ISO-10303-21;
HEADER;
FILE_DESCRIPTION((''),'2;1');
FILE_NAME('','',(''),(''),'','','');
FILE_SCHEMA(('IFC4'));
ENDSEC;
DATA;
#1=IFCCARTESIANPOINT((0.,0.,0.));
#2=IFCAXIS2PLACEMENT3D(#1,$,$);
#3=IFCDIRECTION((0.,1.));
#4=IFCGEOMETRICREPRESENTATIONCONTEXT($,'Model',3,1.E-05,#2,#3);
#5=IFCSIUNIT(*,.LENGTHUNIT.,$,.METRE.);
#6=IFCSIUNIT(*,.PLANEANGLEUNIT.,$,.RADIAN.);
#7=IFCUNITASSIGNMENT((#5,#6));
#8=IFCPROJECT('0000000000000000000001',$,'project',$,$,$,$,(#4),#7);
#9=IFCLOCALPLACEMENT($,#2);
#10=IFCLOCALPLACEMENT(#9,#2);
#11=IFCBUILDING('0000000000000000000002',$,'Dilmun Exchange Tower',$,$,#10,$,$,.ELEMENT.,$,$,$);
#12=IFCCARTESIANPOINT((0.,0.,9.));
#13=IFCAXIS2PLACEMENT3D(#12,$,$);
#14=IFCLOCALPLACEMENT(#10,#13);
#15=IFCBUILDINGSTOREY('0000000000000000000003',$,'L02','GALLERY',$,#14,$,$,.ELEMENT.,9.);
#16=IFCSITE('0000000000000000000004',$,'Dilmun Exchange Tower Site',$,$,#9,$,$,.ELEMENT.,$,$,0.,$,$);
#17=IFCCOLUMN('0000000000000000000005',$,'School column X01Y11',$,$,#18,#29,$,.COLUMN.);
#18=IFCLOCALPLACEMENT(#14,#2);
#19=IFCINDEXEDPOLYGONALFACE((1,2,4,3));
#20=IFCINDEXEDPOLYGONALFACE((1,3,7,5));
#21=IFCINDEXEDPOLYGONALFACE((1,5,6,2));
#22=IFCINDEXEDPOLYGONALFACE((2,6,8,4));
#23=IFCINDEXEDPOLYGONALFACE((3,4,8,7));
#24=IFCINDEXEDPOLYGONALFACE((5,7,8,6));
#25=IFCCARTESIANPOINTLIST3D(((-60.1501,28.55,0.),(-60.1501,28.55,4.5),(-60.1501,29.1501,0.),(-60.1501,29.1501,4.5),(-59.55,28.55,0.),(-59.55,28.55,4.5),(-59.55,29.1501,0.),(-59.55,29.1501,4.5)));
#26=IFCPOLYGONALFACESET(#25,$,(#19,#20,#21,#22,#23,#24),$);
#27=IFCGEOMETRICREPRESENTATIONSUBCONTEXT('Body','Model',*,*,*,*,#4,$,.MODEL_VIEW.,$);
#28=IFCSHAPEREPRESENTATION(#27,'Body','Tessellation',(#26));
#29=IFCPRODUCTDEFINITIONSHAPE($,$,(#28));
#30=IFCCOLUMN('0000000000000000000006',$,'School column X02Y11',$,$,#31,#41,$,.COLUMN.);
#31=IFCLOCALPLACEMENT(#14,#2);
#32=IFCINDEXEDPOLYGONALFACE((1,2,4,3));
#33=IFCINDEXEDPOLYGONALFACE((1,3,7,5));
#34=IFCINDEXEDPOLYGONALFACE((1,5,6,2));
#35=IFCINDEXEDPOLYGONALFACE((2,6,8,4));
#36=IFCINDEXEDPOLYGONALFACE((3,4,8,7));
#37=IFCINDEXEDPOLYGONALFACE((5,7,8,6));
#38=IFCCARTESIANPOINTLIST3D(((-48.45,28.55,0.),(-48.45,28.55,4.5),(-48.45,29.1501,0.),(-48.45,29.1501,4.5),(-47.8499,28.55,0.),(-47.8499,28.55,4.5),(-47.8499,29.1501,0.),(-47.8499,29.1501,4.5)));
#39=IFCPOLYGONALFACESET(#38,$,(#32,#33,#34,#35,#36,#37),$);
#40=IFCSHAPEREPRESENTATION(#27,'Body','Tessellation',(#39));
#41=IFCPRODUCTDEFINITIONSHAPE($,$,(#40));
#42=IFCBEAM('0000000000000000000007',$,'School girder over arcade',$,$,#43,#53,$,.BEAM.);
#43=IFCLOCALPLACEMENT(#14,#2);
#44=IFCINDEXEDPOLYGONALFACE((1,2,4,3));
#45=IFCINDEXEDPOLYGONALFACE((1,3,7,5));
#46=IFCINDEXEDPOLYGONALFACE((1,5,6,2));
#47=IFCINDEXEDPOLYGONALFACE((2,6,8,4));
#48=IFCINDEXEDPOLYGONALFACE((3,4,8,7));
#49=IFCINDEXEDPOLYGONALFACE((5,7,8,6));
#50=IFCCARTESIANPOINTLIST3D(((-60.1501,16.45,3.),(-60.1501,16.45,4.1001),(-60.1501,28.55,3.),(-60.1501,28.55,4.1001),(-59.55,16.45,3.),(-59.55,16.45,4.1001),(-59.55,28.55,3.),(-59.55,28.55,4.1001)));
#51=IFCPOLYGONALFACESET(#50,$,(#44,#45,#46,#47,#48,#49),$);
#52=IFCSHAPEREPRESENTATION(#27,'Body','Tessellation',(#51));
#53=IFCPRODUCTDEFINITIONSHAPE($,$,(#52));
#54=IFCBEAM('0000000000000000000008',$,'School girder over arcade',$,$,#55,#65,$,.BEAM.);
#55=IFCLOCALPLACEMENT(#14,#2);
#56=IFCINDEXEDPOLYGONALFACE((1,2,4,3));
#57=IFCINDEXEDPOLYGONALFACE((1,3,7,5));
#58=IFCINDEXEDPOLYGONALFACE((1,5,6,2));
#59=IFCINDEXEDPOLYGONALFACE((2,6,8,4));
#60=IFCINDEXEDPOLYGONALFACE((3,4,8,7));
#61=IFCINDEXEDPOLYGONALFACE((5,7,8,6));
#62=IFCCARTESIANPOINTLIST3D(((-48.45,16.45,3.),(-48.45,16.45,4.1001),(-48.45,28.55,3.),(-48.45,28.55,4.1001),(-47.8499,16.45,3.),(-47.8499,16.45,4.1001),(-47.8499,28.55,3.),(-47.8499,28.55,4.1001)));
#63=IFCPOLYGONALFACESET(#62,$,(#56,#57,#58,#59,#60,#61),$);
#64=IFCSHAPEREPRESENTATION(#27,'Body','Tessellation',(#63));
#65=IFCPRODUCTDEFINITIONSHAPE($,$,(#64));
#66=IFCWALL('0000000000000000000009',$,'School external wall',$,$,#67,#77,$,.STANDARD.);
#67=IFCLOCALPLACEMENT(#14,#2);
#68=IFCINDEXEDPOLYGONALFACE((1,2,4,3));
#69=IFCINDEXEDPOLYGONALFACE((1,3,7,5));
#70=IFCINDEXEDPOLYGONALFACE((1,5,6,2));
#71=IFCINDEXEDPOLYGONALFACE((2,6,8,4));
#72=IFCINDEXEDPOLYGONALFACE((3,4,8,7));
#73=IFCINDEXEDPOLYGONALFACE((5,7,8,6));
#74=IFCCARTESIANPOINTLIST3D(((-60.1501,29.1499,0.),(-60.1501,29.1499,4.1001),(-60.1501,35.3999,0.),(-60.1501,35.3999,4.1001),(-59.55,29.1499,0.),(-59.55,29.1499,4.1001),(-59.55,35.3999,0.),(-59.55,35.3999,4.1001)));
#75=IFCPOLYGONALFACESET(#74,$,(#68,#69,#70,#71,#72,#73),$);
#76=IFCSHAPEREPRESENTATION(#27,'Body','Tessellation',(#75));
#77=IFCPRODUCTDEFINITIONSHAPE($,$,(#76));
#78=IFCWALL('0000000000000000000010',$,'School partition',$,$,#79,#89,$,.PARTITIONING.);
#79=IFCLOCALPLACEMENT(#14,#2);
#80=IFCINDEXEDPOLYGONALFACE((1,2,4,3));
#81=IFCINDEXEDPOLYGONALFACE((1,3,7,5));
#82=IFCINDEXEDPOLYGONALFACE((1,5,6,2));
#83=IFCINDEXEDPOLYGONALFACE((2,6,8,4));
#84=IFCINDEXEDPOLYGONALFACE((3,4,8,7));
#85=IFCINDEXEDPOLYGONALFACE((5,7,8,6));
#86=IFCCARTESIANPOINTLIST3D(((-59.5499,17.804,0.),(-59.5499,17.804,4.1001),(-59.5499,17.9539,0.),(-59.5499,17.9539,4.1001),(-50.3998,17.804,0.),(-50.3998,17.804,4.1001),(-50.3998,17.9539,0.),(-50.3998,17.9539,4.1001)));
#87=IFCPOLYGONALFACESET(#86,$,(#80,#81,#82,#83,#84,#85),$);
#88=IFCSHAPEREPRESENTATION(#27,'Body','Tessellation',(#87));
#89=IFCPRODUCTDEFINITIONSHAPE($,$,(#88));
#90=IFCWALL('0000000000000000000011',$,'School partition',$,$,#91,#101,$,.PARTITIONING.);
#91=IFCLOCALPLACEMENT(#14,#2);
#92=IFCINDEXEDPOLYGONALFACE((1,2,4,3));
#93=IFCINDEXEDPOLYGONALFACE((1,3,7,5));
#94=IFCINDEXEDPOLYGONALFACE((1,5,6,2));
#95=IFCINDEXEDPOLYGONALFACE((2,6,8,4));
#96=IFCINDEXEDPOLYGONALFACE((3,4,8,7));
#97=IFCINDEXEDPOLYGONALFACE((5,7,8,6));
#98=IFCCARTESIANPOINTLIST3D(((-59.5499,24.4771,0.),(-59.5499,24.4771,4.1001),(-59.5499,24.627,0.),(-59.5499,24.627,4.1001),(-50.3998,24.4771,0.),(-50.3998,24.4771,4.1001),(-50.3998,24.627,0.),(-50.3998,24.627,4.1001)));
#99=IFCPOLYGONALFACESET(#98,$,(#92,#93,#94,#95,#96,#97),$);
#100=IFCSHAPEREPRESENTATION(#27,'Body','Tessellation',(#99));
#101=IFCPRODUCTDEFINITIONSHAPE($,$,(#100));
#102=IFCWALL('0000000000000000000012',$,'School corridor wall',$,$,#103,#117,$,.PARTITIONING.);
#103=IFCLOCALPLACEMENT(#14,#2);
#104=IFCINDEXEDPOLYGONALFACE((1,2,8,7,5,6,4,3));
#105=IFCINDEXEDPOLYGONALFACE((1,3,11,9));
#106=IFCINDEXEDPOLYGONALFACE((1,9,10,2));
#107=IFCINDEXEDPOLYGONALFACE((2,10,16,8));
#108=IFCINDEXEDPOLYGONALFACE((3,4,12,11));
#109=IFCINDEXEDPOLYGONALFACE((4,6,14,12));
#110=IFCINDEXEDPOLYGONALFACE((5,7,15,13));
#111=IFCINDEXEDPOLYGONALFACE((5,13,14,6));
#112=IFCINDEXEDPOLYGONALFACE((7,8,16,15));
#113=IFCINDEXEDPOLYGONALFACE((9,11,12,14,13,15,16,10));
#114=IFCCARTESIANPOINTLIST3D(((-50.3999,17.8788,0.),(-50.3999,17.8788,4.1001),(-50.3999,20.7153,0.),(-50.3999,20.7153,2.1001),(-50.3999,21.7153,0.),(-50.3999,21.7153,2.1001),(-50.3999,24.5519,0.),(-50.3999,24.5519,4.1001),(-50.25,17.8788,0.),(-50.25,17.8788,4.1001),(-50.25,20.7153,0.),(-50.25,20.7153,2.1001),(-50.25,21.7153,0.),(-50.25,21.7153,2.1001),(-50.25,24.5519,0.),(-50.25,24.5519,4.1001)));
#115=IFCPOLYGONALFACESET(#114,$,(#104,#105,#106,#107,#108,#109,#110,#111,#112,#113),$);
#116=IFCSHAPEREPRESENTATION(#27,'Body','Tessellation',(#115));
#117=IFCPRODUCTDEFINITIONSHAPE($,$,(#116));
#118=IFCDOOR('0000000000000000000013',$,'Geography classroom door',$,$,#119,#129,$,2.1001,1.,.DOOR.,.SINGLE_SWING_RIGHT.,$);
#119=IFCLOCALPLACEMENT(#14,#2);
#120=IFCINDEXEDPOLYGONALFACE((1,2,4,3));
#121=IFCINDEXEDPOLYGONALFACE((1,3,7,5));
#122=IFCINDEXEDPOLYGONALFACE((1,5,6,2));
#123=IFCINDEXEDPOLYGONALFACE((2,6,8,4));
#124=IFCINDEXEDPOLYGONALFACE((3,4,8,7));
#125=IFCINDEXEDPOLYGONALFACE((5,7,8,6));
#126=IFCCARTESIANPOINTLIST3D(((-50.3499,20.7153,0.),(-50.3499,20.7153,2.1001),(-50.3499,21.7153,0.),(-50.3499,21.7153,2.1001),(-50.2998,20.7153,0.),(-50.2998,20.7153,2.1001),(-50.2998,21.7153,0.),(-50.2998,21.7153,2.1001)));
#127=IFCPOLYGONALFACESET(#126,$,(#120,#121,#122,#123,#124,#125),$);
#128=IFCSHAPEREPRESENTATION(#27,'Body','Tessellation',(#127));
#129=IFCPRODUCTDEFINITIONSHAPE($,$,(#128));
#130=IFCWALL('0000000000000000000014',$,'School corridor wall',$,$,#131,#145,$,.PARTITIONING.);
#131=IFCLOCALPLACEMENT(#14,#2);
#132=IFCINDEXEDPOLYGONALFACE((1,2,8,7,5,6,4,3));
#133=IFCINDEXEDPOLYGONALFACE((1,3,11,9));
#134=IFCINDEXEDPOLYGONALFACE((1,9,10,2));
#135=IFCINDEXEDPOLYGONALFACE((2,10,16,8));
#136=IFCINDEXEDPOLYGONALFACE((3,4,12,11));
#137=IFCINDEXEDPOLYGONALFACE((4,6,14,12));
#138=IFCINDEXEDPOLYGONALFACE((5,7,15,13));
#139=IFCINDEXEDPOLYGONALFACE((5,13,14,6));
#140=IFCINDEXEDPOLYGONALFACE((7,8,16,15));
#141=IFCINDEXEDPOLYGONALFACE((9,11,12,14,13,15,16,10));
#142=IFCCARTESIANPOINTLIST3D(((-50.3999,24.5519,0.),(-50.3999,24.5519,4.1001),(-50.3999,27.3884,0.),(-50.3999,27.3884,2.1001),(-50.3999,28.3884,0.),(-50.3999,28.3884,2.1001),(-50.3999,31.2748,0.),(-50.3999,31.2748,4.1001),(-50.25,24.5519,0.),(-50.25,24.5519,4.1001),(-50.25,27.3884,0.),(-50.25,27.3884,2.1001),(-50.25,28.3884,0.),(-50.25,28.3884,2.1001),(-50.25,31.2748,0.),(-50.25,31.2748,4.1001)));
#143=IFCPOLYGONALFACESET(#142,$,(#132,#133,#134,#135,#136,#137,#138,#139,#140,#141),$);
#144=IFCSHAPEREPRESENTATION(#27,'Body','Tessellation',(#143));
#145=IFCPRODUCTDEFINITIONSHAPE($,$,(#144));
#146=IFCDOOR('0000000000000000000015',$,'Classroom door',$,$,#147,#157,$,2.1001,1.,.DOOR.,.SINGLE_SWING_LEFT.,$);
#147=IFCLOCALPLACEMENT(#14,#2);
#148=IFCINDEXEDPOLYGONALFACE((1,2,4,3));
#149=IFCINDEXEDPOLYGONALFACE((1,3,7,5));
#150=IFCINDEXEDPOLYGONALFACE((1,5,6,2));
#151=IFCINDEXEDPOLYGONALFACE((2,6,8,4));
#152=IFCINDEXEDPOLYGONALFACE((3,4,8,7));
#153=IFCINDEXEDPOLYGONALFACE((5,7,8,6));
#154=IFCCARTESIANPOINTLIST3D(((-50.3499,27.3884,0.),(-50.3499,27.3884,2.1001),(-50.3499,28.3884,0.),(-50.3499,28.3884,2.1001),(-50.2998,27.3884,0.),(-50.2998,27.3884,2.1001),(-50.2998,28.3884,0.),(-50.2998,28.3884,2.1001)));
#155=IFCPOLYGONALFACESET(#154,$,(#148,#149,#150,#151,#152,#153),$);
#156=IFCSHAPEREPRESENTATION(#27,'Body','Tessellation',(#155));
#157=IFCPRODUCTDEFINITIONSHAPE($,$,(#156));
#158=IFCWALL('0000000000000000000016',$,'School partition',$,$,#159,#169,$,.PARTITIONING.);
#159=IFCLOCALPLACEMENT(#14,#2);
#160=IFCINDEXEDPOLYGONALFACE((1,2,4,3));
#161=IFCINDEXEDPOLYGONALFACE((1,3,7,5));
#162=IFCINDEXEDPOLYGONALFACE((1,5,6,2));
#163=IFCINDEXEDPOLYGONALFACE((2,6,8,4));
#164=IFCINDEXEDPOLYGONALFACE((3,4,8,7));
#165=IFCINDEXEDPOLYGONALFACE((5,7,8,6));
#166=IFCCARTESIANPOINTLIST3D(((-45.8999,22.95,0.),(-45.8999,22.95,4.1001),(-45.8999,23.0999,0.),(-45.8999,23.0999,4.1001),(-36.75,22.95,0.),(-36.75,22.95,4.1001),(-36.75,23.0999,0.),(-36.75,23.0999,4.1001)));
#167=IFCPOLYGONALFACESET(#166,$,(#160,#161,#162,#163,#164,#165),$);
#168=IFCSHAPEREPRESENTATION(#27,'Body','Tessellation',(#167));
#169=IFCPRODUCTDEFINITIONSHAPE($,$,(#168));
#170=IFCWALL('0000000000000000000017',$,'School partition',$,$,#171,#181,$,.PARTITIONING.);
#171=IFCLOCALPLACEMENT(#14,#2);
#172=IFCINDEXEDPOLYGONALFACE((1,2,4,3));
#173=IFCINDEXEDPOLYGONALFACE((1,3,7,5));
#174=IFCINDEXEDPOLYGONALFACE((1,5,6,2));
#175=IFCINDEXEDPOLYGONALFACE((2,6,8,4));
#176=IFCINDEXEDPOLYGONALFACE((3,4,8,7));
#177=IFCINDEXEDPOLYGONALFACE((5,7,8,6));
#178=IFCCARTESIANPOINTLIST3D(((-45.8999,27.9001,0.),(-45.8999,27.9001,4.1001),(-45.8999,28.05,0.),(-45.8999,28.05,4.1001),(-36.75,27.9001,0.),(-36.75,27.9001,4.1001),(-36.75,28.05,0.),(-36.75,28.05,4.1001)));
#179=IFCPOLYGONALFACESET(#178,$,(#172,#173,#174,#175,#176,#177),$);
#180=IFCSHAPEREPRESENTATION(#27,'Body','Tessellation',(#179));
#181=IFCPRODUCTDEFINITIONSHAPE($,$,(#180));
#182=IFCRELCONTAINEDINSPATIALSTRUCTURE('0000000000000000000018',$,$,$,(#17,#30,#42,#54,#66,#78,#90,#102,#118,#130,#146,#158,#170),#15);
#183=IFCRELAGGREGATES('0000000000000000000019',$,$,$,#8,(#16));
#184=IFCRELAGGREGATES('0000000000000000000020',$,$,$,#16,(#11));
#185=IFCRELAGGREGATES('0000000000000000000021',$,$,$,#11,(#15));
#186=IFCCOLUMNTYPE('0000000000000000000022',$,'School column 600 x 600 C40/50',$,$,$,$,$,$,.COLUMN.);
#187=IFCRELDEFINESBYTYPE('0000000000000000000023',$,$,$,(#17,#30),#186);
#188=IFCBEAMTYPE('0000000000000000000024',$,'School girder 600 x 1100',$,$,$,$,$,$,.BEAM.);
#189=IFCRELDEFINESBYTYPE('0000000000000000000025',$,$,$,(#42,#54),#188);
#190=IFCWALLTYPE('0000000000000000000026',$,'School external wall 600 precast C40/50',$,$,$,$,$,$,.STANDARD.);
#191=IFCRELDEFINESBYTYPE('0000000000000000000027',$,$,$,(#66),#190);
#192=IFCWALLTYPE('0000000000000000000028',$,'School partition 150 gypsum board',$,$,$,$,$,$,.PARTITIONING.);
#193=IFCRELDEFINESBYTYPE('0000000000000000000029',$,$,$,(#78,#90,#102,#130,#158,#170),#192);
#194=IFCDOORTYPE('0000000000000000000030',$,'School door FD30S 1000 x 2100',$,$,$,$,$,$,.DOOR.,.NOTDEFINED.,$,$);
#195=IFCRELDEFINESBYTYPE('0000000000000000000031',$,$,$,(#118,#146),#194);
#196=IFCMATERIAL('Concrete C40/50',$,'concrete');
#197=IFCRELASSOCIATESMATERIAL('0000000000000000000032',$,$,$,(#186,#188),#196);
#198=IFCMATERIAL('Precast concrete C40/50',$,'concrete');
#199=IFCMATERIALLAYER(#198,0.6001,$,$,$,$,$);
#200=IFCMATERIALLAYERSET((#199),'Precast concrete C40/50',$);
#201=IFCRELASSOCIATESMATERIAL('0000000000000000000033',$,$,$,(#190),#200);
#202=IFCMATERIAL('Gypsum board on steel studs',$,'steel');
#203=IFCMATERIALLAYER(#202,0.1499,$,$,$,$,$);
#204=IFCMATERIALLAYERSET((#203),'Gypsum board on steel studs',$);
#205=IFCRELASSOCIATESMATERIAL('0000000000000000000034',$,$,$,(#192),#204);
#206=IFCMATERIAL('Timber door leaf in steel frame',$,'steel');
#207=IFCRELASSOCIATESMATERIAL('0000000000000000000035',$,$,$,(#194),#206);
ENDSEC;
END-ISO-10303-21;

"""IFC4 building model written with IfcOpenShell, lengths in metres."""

from ifc_helpers import new_model, si_unit, direction, frame, frame_2d, origin, origin_2d, place, context, subcontext, project, spatial, rectangle, extrude, material, layer, layer_set, material_profile, profile_set, type_object, element, fill, save


model = new_model("IFC4")

# Units and contexts
model_context = context("Model", 3, precision=1e-05, world=origin(), true_north=direction((0.0, 1.0)))
body_context = subcontext(model_context, "Body", "Model", "MODEL_VIEW")
ifc_project = project(units=[si_unit("LENGTHUNIT", "METRE"), si_unit("PLANEANGLEUNIT", "RADIAN")], contexts=[model_context])

# Site, building, storey
site_placement = place(None, origin())
site = spatial("IfcSite", under=ifc_project, at=site_placement, Name="Dilmun Exchange Tower Site", CompositionType="ELEMENT", RefElevation=0.0)
building_placement = place(site_placement, origin())
building = spatial("IfcBuilding", under=site, at=building_placement, Name="Dilmun Exchange Tower", CompositionType="ELEMENT")
storey_placement = place(building_placement, frame((0.0, 0.0, 9.0)))
storey = spatial("IfcBuildingStorey", under=building, at=storey_placement, Name="L02", Description="GALLERY", CompositionType="ELEMENT", Elevation=9.0)

# Columns
ifc_material_1 = material(Name="Concrete C40/50", Category="concrete")
ifc_material_profile_1 = material_profile(ifc_material_1, rectangle(XDim=0.6001, YDim=0.6001, at=origin_2d()), Name="600 x 600")
ifc_profile_set_1 = profile_set([ifc_material_profile_1], Name="Concrete C40/50")
column_type = type_object("IfcColumnType", Name="School column 600 x 600 C40/50", PredefinedType="COLUMN", material=ifc_profile_set_1)
for number, where, z_axis, x_axis, name in (
    (1, (-59.8501, 28.8501, 0.0), (0.0, 0.0, 1.0), (1.0, 0.0, 0.0), "School column X01Y11"),
    (2, (-48.1499, 28.8501, 0.0), (0.0, 0.0, 1.0), (1.0, 0.0, 0.0), "School column X02Y11"),
):
    element("IfcColumn", number, at=place(storey_placement, frame(where, z_axis=z_axis, x_axis=x_axis)), inside=storey, type_object=column_type, Name=name, PredefinedType="COLUMN", context=body_context, shape_type="SweptSolid", body=[
        extrude(rectangle(XDim=0.6001, YDim=0.6001, at=origin_2d()), origin(), (0.0, 0.0, 1.0), 4.5),
    ])

# Beams
ifc_material_profile_2 = material_profile(ifc_material_1, rectangle(XDim=0.6001, YDim=1.1001, at=origin_2d()), Name="600 x 1100")
ifc_profile_set_2 = profile_set([ifc_material_profile_2], Name="Concrete C40/50")
beam_type = type_object("IfcBeamType", Name="School girder 600 x 1100", PredefinedType="BEAM", material=ifc_profile_set_2)
for number, where, z_axis, x_axis, name in (
    (3, (-59.8501, 16.45, 3.55), (0.0, 1.0, 0.0), (-1.0, 0.0, 0.0), "School girder over arcade"),
    (4, (-48.1499, 16.45, 3.55), (0.0, 1.0, 0.0), (-1.0, 0.0, 0.0), "School girder over arcade"),
):
    element("IfcBeam", number, at=place(storey_placement, frame(where, z_axis=z_axis, x_axis=x_axis)), inside=storey, type_object=beam_type, Name=name, PredefinedType="BEAM", context=body_context, shape_type="SweptSolid", body=[
        extrude(rectangle(XDim=0.6001, YDim=1.1001, at=origin_2d()), origin(), (0.0, 0.0, 1.0), 12.1001),
    ])

# Shared definitions
ifc_material_2 = material(Name="Precast concrete C40/50", Category="concrete")
ifc_layer_1 = layer(ifc_material_2, 0.6001)
ifc_layer_set_1 = layer_set([ifc_layer_1], Name="Precast concrete C40/50")
wall_type_1 = type_object("IfcWallType", Name="School external wall 600 precast C40/50", PredefinedType="STANDARD", material=ifc_layer_set_1)

# Walls
wall_1_placement = place(storey_placement, frame((-59.8501, 29.1499, 0.0), z_axis=(0.0, 0.0, 1.0), x_axis=(0.0, 1.0, 0.0)))
element("IfcWall", 5, at=wall_1_placement, inside=storey, type_object=wall_type_1, Name="School external wall", PredefinedType="STANDARD", context=body_context, shape_type="SweptSolid", body=[
    extrude(rectangle(XDim=6.25, YDim=0.6001, at=frame_2d((3.125, 0.0))), origin(), (0.0, 0.0, 1.0), 4.1001),
])
ifc_material_3 = material(Name="Gypsum board on steel studs", Category="steel")
ifc_layer_2 = layer(ifc_material_3, 0.1499)
ifc_layer_set_2 = layer_set([ifc_layer_2], Name="Gypsum board on steel studs")
wall_type_2 = type_object("IfcWallType", Name="School partition 150 gypsum board", PredefinedType="PARTITIONING", material=ifc_layer_set_2)
for number, where, z_axis, x_axis, name in (
    (6, (-59.55, 17.8789, 0.0), (0.0, 0.0, 1.0), (1.0, 0.0, 0.0), "School partition"),
    (7, (-59.55, 24.552, 0.0), (0.0, 0.0, 1.0), (1.0, 0.0, 0.0), "School partition"),
):
    element("IfcWall", number, at=place(storey_placement, frame(where, z_axis=z_axis, x_axis=x_axis)), inside=storey, type_object=wall_type_2, Name=name, PredefinedType="PARTITIONING", context=body_context, shape_type="SweptSolid", body=[
        extrude(rectangle(XDim=9.1501, YDim=0.1499, at=frame_2d((4.5752, 0.0))), origin(), (0.0, 0.0, 1.0), 4.1001),
    ])

# Walls, openings, doors
wall_2_placement = place(storey_placement, frame((-50.325, 17.8789, 0.0), z_axis=(0.0, 0.0, 1.0), x_axis=(0.0, 1.0, 0.0)))
wall_2 = element("IfcWall", 8, at=wall_2_placement, inside=storey, type_object=wall_type_2, Name="School corridor wall", PredefinedType="PARTITIONING", context=body_context, shape_type="SweptSolid", body=[
    extrude(rectangle(XDim=6.6731, YDim=0.1499, at=frame_2d((3.3364, 0.0))), origin(), (0.0, 0.0, 1.0), 4.1001),
])
opening_1_placement = place(wall_2_placement, frame((2.8364, 0.0, 0.0)))
opening_1 = element("IfcOpeningElement", 9, at=opening_1_placement, cuts=wall_2, PredefinedType="OPENING", context=body_context, shape_type="SweptSolid", body=[
    extrude(rectangle(XDim=1.0, YDim=2.1001, at=frame_2d((0.5, 1.05))), frame((0.0, 0.085, 0.0), z_axis=(0.0, -1.0, 0.0), x_axis=(1.0, 0.0, 0.0)), (0.0, 0.0, 1.0), 0.1699),
])
ifc_material_4 = material(Name="Timber door leaf in steel frame", Category="steel")
door_type_1 = type_object("IfcDoorType", Name="School door FD30S 1000 x 2100", OperationType="NOTDEFINED", PredefinedType="DOOR", material=ifc_material_4)
door_1_placement = place(opening_1_placement, origin())
door_1 = element("IfcDoor", 10, at=door_1_placement, inside=storey, type_object=door_type_1, Name="Geography classroom door", OperationType="SINGLE_SWING_RIGHT", OverallHeight=2.1001, OverallWidth=1.0, PredefinedType="DOOR", context=body_context, shape_type="SweptSolid", body=[
    extrude(rectangle(XDim=1.0, YDim=2.1001, at=frame_2d((0.5, 1.05))), frame((0.0, 0.0249, 0.0), z_axis=(0.0, -1.0, 0.0), x_axis=(1.0, 0.0, 0.0)), (0.0, 0.0, 1.0), 0.05),
])
fill(opening_1, door_1)
wall_3_placement = place(storey_placement, frame((-50.325, 24.552, 0.0), z_axis=(0.0, 0.0, 1.0), x_axis=(0.0, 1.0, 0.0)))
wall_3 = element("IfcWall", 11, at=wall_3_placement, inside=storey, type_object=wall_type_2, Name="School corridor wall", PredefinedType="PARTITIONING", context=body_context, shape_type="SweptSolid", body=[
    extrude(rectangle(XDim=6.7229, YDim=0.1499, at=frame_2d((3.3613, 0.0))), origin(), (0.0, 0.0, 1.0), 4.1001),
])
opening_2_placement = place(wall_3_placement, frame((2.8364, 0.0, 0.0)))
opening_2 = element("IfcOpeningElement", 12, at=opening_2_placement, cuts=wall_3, PredefinedType="OPENING", context=body_context, shape_type="SweptSolid", body=[
    extrude(rectangle(XDim=1.0, YDim=2.1001, at=frame_2d((0.5, 1.05))), frame((0.0, 0.085, 0.0), z_axis=(0.0, -1.0, 0.0), x_axis=(1.0, 0.0, 0.0)), (0.0, 0.0, 1.0), 0.1699),
])
door_2_placement = place(opening_2_placement, origin())
door_2 = element("IfcDoor", 13, at=door_2_placement, inside=storey, type_object=door_type_1, Name="Classroom door", OperationType="SINGLE_SWING_LEFT", OverallHeight=2.1001, OverallWidth=1.0, PredefinedType="DOOR", context=body_context, shape_type="SweptSolid", body=[
    extrude(rectangle(XDim=1.0, YDim=2.1001, at=frame_2d((0.5, 1.05))), frame((0.0, 0.0249, 0.0), z_axis=(0.0, -1.0, 0.0), x_axis=(1.0, 0.0, 0.0)), (0.0, 0.0, 1.0), 0.05),
])
fill(opening_2, door_2)

# Walls
for number, where, z_axis, x_axis, name in (
    (14, (-45.8999, 23.0249, 0.0), (0.0, 0.0, 1.0), (1.0, 0.0, 0.0), "School partition"),
    (15, (-45.8999, 27.9751, 0.0), (0.0, 0.0, 1.0), (1.0, 0.0, 0.0), "School partition"),
):
    element("IfcWall", number, at=place(storey_placement, frame(where, z_axis=z_axis, x_axis=x_axis)), inside=storey, type_object=wall_type_2, Name=name, PredefinedType="PARTITIONING", context=body_context, shape_type="SweptSolid", body=[
        extrude(rectangle(XDim=9.1499, YDim=0.1499, at=frame_2d((4.575, 0.0))), origin(), (0.0, 0.0, 1.0), 4.1001),
    ])

save(model, "model.ifc")
